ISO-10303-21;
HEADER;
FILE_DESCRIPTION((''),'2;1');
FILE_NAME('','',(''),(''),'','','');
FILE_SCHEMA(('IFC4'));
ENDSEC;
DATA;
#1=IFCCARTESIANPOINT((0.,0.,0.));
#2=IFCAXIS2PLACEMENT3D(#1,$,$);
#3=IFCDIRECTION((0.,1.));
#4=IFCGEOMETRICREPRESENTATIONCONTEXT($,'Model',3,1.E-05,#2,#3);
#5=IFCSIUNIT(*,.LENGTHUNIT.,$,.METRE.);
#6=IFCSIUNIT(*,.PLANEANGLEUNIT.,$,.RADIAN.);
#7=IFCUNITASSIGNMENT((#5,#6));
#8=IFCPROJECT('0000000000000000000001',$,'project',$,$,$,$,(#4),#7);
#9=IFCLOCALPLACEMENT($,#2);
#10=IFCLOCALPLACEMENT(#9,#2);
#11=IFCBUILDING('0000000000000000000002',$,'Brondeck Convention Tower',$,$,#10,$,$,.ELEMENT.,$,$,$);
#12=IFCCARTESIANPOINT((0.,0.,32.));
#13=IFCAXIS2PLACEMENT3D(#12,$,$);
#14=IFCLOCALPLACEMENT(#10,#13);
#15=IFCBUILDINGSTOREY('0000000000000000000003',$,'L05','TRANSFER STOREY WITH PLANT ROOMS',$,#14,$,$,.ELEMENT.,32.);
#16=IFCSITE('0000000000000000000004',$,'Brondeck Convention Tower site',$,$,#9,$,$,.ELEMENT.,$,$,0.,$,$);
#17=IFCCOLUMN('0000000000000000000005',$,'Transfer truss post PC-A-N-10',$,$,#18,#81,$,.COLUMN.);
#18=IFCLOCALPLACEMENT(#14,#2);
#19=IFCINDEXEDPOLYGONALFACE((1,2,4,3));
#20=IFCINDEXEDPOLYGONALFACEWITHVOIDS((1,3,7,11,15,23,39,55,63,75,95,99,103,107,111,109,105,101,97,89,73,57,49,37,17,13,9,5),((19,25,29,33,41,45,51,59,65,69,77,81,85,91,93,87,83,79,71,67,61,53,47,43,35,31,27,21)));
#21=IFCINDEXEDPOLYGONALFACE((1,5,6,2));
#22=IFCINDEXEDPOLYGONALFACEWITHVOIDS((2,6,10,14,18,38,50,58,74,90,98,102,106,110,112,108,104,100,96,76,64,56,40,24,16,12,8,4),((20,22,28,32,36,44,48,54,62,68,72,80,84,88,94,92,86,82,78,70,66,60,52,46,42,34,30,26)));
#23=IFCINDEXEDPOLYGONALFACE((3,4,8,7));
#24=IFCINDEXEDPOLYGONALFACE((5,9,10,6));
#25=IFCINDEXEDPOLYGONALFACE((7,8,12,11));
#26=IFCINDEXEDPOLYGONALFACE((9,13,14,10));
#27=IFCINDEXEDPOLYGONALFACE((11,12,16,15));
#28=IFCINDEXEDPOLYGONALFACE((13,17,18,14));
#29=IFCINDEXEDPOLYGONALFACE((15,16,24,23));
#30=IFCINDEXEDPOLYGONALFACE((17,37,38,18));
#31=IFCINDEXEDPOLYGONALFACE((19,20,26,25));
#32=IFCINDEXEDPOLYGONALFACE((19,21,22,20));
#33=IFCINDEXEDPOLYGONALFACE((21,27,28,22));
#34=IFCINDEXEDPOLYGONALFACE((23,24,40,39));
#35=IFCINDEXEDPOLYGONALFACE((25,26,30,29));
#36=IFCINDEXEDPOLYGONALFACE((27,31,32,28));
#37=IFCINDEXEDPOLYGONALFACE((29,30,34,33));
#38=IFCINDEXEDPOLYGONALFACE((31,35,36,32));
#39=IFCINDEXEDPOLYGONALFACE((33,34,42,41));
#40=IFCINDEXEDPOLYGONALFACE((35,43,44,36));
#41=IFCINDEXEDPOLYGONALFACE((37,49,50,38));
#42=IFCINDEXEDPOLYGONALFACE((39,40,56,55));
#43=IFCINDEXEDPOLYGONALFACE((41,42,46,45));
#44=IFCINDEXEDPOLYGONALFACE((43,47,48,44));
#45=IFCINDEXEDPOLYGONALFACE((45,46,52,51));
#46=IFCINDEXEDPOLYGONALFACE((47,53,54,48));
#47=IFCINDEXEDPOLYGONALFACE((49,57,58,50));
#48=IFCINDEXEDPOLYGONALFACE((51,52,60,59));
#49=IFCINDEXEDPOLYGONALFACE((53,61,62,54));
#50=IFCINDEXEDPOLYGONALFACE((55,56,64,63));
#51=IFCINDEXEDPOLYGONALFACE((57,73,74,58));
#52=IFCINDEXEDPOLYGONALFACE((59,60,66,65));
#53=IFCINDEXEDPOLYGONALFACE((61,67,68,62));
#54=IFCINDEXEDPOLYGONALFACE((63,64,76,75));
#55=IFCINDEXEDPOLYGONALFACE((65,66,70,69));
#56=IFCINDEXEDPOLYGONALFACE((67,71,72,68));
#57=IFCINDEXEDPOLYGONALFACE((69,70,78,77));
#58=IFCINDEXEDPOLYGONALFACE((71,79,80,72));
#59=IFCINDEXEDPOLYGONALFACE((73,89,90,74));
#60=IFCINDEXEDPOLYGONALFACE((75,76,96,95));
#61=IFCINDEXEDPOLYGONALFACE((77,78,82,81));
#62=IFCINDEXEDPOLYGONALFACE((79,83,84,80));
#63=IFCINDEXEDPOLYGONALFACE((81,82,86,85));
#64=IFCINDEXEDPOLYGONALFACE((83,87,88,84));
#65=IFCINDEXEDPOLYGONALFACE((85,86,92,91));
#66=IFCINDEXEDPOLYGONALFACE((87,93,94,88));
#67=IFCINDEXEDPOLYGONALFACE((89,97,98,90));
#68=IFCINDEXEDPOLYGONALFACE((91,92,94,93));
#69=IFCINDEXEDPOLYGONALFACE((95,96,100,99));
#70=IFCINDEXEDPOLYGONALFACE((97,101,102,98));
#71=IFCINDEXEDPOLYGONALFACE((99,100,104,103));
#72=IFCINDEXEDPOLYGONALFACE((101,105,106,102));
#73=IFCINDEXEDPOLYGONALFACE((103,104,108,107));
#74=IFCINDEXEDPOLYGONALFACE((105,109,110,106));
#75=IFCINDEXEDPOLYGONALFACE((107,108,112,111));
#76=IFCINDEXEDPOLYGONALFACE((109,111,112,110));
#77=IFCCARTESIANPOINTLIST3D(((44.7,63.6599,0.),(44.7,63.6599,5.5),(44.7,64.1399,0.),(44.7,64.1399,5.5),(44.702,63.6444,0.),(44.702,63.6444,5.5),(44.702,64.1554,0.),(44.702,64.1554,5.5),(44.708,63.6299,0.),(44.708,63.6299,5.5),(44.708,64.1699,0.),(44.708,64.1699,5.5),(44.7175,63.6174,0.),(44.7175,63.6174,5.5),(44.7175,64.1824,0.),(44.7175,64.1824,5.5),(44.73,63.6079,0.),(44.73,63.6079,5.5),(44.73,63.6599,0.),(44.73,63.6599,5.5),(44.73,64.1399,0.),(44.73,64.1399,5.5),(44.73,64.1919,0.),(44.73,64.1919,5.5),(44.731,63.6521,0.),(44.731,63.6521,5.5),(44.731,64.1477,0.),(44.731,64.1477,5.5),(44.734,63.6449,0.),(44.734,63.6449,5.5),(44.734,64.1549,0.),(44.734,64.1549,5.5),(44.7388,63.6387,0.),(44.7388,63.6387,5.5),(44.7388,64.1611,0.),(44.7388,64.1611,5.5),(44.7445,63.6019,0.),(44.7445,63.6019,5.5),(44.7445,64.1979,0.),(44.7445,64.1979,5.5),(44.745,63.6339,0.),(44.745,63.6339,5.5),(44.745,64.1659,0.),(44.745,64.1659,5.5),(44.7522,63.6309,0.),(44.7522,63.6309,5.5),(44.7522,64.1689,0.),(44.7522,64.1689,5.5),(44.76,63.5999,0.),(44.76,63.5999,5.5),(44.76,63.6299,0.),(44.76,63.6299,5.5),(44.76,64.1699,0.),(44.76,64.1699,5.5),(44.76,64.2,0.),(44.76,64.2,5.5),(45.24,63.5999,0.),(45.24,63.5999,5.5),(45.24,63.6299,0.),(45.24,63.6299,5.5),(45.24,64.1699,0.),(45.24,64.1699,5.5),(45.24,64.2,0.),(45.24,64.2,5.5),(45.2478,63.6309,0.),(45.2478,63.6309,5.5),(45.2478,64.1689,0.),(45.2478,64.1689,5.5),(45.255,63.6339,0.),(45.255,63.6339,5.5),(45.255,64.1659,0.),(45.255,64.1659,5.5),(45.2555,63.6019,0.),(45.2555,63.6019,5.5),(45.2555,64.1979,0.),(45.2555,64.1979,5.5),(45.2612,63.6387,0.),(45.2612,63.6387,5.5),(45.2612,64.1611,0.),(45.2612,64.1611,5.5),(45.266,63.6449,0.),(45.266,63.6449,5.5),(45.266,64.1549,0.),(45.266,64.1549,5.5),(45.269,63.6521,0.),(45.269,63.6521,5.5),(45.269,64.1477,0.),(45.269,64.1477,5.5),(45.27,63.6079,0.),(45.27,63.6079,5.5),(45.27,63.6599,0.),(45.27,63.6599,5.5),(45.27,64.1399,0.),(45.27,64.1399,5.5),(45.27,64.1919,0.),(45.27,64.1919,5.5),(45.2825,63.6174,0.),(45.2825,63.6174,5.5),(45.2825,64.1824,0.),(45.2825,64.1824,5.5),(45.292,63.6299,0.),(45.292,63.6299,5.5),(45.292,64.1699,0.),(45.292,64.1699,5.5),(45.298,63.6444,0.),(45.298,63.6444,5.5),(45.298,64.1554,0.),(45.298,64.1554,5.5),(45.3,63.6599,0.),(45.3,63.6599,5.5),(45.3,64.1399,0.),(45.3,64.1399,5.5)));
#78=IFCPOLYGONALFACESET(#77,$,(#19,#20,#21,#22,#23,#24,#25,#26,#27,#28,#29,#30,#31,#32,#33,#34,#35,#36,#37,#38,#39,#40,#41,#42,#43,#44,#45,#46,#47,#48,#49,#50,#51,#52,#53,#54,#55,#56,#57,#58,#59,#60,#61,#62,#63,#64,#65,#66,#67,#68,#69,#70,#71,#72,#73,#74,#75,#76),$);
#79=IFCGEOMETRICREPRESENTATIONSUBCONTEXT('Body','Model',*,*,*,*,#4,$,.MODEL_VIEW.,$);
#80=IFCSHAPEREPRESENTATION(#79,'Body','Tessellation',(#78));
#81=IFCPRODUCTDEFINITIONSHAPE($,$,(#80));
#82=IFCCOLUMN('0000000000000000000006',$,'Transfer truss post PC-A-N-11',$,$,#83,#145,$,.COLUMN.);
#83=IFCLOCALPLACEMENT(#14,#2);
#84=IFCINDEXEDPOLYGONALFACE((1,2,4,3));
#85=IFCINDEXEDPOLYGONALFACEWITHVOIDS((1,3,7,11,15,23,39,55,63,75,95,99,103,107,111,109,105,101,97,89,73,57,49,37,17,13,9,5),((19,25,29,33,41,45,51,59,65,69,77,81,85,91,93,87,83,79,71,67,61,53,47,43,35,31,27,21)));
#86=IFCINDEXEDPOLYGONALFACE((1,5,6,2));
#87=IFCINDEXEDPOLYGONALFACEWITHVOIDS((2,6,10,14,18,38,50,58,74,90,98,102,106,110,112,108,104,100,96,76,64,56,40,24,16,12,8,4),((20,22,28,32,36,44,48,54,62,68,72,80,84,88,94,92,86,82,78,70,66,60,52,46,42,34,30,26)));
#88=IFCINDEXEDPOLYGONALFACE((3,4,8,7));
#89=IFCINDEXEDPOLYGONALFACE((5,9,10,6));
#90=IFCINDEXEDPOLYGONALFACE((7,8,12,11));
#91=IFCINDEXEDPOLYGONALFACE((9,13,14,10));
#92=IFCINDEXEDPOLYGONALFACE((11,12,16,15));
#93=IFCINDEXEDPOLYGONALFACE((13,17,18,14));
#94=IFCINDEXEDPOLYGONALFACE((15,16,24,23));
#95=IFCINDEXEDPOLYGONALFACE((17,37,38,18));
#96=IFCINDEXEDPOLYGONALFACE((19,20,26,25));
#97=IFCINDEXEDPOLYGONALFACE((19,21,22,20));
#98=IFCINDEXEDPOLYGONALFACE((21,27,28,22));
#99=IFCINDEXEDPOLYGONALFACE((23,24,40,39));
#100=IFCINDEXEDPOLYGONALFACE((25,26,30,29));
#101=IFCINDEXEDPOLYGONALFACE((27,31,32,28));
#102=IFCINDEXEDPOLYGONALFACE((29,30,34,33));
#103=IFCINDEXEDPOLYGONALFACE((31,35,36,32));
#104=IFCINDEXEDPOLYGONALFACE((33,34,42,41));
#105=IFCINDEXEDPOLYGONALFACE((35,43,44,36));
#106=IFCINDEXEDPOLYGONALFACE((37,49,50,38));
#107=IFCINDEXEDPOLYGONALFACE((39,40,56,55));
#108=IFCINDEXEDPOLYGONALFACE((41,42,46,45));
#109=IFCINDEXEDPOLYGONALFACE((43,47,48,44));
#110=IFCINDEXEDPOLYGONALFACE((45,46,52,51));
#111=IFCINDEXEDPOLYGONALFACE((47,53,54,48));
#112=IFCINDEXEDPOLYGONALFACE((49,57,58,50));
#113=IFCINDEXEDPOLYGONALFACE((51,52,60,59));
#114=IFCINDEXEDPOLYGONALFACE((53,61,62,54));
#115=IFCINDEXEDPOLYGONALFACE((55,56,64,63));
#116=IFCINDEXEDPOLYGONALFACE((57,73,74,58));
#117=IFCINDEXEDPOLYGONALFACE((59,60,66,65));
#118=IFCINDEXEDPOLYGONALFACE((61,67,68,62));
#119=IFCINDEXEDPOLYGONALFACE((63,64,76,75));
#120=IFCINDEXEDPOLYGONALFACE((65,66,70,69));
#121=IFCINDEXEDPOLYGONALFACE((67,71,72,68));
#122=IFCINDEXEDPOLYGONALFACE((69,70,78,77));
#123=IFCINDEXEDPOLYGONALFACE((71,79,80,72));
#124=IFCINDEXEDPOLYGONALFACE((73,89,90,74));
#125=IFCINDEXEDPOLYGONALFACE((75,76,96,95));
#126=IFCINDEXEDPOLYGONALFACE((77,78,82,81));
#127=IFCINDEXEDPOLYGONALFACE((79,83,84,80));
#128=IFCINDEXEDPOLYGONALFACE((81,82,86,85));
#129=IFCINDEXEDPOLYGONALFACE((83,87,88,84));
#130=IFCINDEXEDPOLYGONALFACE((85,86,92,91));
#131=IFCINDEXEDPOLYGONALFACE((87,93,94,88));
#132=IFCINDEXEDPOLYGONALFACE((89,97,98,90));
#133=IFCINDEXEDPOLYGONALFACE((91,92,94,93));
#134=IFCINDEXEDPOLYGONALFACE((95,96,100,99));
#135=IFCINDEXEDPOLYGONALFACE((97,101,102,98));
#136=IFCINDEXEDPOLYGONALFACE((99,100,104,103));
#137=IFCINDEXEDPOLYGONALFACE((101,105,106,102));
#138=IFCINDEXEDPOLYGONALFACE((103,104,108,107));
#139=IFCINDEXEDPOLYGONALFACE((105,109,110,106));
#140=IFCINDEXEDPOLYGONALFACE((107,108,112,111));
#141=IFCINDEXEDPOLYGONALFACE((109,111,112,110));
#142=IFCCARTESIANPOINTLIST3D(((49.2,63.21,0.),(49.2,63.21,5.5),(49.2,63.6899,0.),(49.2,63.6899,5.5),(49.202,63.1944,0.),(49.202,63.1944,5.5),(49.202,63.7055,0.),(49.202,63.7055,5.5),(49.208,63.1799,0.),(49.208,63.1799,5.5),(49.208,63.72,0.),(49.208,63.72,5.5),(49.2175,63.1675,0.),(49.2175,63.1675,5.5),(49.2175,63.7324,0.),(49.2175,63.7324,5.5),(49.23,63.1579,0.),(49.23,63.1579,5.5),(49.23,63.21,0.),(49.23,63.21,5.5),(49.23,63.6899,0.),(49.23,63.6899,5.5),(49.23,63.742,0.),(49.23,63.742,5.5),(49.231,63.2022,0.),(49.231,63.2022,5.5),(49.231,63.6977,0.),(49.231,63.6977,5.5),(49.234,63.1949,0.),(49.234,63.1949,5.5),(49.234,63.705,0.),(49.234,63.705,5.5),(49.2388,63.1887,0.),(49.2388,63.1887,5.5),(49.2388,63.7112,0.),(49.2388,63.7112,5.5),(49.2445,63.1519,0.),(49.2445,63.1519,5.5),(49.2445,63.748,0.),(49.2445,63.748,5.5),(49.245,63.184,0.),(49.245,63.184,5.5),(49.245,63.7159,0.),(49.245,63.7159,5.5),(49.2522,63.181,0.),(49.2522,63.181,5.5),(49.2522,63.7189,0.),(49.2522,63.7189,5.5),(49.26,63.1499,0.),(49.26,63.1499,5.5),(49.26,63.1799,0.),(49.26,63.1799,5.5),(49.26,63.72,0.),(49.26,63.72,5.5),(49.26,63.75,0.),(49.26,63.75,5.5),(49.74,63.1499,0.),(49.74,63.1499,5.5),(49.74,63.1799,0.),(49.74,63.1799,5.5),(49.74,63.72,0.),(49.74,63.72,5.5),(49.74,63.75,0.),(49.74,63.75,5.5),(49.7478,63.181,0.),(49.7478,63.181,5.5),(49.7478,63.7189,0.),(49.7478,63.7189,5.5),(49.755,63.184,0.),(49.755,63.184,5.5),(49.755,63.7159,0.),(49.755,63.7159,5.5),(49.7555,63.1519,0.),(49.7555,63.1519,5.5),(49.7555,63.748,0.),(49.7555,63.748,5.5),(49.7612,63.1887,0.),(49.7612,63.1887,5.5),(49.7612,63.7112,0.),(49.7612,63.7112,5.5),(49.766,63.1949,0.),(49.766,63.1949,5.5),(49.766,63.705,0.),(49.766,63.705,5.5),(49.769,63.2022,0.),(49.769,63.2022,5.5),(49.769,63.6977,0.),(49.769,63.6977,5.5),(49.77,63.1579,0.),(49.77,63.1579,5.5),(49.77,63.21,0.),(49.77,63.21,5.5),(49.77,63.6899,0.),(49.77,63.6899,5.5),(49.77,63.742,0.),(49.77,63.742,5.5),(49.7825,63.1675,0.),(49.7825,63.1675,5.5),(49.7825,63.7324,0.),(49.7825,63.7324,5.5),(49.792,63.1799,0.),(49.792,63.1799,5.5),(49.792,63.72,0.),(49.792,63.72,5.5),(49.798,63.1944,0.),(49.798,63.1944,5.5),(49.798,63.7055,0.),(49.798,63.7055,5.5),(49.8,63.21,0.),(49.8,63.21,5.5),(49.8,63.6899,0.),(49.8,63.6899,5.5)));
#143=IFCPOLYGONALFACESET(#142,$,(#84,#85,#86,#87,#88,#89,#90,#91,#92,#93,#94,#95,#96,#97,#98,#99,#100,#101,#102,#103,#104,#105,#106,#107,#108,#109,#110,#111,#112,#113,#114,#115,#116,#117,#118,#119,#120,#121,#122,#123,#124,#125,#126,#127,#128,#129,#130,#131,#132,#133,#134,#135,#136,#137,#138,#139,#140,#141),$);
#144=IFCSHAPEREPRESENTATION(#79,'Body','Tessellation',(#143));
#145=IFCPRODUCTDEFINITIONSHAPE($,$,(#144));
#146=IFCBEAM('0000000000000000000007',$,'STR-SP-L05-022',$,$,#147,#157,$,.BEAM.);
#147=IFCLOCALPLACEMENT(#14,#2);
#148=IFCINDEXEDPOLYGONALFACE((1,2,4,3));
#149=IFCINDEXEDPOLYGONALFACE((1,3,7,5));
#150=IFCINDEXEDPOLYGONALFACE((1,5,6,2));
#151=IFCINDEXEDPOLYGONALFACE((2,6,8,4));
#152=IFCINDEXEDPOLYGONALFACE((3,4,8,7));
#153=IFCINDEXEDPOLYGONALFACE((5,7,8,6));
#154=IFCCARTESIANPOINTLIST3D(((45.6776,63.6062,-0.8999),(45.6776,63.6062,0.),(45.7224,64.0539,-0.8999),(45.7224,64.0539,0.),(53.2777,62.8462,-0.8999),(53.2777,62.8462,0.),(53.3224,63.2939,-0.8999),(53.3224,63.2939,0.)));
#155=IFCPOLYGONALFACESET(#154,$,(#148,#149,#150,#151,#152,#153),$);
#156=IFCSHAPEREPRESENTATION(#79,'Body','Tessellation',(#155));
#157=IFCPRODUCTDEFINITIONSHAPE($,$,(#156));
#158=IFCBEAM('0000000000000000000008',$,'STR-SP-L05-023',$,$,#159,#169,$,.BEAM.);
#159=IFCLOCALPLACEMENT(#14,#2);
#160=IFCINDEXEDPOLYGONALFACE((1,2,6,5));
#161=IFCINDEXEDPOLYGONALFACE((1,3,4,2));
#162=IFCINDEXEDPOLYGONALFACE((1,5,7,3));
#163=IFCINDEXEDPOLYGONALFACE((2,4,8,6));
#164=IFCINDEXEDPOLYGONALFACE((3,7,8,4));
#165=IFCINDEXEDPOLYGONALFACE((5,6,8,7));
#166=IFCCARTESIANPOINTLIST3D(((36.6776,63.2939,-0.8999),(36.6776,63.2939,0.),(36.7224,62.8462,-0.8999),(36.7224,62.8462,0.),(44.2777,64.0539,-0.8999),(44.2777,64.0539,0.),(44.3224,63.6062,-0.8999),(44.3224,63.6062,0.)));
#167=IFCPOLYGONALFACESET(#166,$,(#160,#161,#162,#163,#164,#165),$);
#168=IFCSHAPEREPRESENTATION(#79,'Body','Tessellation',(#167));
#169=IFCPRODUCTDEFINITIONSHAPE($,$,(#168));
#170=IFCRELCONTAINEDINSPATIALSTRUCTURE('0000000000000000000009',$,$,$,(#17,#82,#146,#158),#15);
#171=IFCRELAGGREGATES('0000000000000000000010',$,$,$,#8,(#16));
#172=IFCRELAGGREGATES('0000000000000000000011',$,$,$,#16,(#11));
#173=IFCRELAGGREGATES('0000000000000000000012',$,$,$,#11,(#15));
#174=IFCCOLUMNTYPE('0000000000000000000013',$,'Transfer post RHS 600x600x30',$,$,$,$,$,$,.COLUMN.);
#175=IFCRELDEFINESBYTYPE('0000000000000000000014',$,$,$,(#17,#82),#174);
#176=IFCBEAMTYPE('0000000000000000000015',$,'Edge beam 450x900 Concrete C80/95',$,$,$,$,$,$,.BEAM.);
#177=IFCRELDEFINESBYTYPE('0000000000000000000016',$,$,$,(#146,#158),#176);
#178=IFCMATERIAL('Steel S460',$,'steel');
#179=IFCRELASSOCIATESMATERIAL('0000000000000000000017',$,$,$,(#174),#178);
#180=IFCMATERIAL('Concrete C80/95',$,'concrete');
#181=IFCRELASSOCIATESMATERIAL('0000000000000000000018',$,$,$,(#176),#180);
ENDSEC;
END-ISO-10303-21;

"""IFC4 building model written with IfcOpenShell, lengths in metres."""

from ifc_helpers import new_model, si_unit, direction, frame, origin, origin_2d, place, context, subcontext, project, spatial, rectangle, hollow_rectangle, extrude, material, material_profile, profile_set, type_object, element, save


model = new_model("IFC4")

# Units and contexts
model_context = context("Model", 3, precision=1e-05, world=origin(), true_north=direction((0.0, 1.0)))
body_context = subcontext(model_context, "Body", "Model", "MODEL_VIEW")
ifc_project = project(units=[si_unit("LENGTHUNIT", "METRE"), si_unit("PLANEANGLEUNIT", "RADIAN")], contexts=[model_context])

# Site, building, storey
site_placement = place(None, origin())
site = spatial("IfcSite", under=ifc_project, at=site_placement, Name="Brondeck Convention Tower site", CompositionType="ELEMENT", RefElevation=0.0)
building_placement = place(site_placement, origin())
building = spatial("IfcBuilding", under=site, at=building_placement, Name="Brondeck Convention Tower", CompositionType="ELEMENT")
storey_placement = place(building_placement, frame((0.0, 0.0, 32.0)))
storey = spatial("IfcBuildingStorey", under=building, at=storey_placement, Name="L05", Description="TRANSFER STOREY WITH PLANT ROOMS", CompositionType="ELEMENT", Elevation=32.0)

# Columns
ifc_material_1 = material(Name="Steel S460", Category="steel")
ifc_material_profile_1 = material_profile(ifc_material_1, hollow_rectangle(XDim=0.6001, YDim=0.6001, WallThickness=0.03, InnerFilletRadius=0.03, OuterFilletRadius=0.0601, at=origin_2d()), Name="RHS 600x600x30")
ifc_profile_set_1 = profile_set([ifc_material_profile_1], Name="Steel S460")
column_type = type_object("IfcColumnType", Name="Transfer post RHS 600x600x30", PredefinedType="COLUMN", material=ifc_profile_set_1)
for number, where, z_axis, x_axis, name in (
    (1, (45.0, 63.8999, 0.0), (0.0, 0.0, 1.0), (1.0, 0.0, 0.0), "Transfer truss post PC-A-N-10"),
    (2, (49.5, 63.45, 0.0), (0.0, 0.0, 1.0), (1.0, 0.0, 0.0), "Transfer truss post PC-A-N-11"),
):
    element("IfcColumn", number, at=place(storey_placement, frame(where, z_axis=z_axis, x_axis=x_axis)), inside=storey, type_object=column_type, Name=name, PredefinedType="COLUMN", context=body_context, shape_type="SweptSolid", body=[
        extrude(hollow_rectangle(XDim=0.6001, YDim=0.6001, WallThickness=0.03, InnerFilletRadius=0.03, OuterFilletRadius=0.0601, at=origin_2d()), origin(), (0.0, 0.0, 1.0), 5.5),
    ])

# Beams
ifc_material_2 = material(Name="Concrete C80/95", Category="concrete")
ifc_material_profile_2 = material_profile(ifc_material_2, rectangle(XDim=0.45, YDim=0.8999, at=origin_2d()), Name="Edge beam 450x900 Concrete C80/95")
ifc_profile_set_2 = profile_set([ifc_material_profile_2], Name="Concrete C80/95")
beam_type = type_object("IfcBeamType", Name="Edge beam 450x900 Concrete C80/95", PredefinedType="BEAM", material=ifc_profile_set_2)
for number, where, z_axis, x_axis, name in (
    (3, (53.3, 63.0701, -0.45), (-0.995037, 0.099504, 0.0), (-0.099504, -0.995037, 0.0), "STR-SP-L05-022"),
    (4, (44.3, 63.8301, -0.45), (-0.995037, -0.099504, 0.0), (0.099504, -0.995037, 0.0), "STR-SP-L05-023"),
):
    element("IfcBeam", number, at=place(storey_placement, frame(where, z_axis=z_axis, x_axis=x_axis)), inside=storey, type_object=beam_type, Name=name, PredefinedType="BEAM", context=body_context, shape_type="SweptSolid", body=[
        extrude(rectangle(XDim=0.45, YDim=0.8999, at=origin_2d()), origin(), (0.0, 0.0, 1.0), 7.6379),
    ])

save(model, "model.ifc")
